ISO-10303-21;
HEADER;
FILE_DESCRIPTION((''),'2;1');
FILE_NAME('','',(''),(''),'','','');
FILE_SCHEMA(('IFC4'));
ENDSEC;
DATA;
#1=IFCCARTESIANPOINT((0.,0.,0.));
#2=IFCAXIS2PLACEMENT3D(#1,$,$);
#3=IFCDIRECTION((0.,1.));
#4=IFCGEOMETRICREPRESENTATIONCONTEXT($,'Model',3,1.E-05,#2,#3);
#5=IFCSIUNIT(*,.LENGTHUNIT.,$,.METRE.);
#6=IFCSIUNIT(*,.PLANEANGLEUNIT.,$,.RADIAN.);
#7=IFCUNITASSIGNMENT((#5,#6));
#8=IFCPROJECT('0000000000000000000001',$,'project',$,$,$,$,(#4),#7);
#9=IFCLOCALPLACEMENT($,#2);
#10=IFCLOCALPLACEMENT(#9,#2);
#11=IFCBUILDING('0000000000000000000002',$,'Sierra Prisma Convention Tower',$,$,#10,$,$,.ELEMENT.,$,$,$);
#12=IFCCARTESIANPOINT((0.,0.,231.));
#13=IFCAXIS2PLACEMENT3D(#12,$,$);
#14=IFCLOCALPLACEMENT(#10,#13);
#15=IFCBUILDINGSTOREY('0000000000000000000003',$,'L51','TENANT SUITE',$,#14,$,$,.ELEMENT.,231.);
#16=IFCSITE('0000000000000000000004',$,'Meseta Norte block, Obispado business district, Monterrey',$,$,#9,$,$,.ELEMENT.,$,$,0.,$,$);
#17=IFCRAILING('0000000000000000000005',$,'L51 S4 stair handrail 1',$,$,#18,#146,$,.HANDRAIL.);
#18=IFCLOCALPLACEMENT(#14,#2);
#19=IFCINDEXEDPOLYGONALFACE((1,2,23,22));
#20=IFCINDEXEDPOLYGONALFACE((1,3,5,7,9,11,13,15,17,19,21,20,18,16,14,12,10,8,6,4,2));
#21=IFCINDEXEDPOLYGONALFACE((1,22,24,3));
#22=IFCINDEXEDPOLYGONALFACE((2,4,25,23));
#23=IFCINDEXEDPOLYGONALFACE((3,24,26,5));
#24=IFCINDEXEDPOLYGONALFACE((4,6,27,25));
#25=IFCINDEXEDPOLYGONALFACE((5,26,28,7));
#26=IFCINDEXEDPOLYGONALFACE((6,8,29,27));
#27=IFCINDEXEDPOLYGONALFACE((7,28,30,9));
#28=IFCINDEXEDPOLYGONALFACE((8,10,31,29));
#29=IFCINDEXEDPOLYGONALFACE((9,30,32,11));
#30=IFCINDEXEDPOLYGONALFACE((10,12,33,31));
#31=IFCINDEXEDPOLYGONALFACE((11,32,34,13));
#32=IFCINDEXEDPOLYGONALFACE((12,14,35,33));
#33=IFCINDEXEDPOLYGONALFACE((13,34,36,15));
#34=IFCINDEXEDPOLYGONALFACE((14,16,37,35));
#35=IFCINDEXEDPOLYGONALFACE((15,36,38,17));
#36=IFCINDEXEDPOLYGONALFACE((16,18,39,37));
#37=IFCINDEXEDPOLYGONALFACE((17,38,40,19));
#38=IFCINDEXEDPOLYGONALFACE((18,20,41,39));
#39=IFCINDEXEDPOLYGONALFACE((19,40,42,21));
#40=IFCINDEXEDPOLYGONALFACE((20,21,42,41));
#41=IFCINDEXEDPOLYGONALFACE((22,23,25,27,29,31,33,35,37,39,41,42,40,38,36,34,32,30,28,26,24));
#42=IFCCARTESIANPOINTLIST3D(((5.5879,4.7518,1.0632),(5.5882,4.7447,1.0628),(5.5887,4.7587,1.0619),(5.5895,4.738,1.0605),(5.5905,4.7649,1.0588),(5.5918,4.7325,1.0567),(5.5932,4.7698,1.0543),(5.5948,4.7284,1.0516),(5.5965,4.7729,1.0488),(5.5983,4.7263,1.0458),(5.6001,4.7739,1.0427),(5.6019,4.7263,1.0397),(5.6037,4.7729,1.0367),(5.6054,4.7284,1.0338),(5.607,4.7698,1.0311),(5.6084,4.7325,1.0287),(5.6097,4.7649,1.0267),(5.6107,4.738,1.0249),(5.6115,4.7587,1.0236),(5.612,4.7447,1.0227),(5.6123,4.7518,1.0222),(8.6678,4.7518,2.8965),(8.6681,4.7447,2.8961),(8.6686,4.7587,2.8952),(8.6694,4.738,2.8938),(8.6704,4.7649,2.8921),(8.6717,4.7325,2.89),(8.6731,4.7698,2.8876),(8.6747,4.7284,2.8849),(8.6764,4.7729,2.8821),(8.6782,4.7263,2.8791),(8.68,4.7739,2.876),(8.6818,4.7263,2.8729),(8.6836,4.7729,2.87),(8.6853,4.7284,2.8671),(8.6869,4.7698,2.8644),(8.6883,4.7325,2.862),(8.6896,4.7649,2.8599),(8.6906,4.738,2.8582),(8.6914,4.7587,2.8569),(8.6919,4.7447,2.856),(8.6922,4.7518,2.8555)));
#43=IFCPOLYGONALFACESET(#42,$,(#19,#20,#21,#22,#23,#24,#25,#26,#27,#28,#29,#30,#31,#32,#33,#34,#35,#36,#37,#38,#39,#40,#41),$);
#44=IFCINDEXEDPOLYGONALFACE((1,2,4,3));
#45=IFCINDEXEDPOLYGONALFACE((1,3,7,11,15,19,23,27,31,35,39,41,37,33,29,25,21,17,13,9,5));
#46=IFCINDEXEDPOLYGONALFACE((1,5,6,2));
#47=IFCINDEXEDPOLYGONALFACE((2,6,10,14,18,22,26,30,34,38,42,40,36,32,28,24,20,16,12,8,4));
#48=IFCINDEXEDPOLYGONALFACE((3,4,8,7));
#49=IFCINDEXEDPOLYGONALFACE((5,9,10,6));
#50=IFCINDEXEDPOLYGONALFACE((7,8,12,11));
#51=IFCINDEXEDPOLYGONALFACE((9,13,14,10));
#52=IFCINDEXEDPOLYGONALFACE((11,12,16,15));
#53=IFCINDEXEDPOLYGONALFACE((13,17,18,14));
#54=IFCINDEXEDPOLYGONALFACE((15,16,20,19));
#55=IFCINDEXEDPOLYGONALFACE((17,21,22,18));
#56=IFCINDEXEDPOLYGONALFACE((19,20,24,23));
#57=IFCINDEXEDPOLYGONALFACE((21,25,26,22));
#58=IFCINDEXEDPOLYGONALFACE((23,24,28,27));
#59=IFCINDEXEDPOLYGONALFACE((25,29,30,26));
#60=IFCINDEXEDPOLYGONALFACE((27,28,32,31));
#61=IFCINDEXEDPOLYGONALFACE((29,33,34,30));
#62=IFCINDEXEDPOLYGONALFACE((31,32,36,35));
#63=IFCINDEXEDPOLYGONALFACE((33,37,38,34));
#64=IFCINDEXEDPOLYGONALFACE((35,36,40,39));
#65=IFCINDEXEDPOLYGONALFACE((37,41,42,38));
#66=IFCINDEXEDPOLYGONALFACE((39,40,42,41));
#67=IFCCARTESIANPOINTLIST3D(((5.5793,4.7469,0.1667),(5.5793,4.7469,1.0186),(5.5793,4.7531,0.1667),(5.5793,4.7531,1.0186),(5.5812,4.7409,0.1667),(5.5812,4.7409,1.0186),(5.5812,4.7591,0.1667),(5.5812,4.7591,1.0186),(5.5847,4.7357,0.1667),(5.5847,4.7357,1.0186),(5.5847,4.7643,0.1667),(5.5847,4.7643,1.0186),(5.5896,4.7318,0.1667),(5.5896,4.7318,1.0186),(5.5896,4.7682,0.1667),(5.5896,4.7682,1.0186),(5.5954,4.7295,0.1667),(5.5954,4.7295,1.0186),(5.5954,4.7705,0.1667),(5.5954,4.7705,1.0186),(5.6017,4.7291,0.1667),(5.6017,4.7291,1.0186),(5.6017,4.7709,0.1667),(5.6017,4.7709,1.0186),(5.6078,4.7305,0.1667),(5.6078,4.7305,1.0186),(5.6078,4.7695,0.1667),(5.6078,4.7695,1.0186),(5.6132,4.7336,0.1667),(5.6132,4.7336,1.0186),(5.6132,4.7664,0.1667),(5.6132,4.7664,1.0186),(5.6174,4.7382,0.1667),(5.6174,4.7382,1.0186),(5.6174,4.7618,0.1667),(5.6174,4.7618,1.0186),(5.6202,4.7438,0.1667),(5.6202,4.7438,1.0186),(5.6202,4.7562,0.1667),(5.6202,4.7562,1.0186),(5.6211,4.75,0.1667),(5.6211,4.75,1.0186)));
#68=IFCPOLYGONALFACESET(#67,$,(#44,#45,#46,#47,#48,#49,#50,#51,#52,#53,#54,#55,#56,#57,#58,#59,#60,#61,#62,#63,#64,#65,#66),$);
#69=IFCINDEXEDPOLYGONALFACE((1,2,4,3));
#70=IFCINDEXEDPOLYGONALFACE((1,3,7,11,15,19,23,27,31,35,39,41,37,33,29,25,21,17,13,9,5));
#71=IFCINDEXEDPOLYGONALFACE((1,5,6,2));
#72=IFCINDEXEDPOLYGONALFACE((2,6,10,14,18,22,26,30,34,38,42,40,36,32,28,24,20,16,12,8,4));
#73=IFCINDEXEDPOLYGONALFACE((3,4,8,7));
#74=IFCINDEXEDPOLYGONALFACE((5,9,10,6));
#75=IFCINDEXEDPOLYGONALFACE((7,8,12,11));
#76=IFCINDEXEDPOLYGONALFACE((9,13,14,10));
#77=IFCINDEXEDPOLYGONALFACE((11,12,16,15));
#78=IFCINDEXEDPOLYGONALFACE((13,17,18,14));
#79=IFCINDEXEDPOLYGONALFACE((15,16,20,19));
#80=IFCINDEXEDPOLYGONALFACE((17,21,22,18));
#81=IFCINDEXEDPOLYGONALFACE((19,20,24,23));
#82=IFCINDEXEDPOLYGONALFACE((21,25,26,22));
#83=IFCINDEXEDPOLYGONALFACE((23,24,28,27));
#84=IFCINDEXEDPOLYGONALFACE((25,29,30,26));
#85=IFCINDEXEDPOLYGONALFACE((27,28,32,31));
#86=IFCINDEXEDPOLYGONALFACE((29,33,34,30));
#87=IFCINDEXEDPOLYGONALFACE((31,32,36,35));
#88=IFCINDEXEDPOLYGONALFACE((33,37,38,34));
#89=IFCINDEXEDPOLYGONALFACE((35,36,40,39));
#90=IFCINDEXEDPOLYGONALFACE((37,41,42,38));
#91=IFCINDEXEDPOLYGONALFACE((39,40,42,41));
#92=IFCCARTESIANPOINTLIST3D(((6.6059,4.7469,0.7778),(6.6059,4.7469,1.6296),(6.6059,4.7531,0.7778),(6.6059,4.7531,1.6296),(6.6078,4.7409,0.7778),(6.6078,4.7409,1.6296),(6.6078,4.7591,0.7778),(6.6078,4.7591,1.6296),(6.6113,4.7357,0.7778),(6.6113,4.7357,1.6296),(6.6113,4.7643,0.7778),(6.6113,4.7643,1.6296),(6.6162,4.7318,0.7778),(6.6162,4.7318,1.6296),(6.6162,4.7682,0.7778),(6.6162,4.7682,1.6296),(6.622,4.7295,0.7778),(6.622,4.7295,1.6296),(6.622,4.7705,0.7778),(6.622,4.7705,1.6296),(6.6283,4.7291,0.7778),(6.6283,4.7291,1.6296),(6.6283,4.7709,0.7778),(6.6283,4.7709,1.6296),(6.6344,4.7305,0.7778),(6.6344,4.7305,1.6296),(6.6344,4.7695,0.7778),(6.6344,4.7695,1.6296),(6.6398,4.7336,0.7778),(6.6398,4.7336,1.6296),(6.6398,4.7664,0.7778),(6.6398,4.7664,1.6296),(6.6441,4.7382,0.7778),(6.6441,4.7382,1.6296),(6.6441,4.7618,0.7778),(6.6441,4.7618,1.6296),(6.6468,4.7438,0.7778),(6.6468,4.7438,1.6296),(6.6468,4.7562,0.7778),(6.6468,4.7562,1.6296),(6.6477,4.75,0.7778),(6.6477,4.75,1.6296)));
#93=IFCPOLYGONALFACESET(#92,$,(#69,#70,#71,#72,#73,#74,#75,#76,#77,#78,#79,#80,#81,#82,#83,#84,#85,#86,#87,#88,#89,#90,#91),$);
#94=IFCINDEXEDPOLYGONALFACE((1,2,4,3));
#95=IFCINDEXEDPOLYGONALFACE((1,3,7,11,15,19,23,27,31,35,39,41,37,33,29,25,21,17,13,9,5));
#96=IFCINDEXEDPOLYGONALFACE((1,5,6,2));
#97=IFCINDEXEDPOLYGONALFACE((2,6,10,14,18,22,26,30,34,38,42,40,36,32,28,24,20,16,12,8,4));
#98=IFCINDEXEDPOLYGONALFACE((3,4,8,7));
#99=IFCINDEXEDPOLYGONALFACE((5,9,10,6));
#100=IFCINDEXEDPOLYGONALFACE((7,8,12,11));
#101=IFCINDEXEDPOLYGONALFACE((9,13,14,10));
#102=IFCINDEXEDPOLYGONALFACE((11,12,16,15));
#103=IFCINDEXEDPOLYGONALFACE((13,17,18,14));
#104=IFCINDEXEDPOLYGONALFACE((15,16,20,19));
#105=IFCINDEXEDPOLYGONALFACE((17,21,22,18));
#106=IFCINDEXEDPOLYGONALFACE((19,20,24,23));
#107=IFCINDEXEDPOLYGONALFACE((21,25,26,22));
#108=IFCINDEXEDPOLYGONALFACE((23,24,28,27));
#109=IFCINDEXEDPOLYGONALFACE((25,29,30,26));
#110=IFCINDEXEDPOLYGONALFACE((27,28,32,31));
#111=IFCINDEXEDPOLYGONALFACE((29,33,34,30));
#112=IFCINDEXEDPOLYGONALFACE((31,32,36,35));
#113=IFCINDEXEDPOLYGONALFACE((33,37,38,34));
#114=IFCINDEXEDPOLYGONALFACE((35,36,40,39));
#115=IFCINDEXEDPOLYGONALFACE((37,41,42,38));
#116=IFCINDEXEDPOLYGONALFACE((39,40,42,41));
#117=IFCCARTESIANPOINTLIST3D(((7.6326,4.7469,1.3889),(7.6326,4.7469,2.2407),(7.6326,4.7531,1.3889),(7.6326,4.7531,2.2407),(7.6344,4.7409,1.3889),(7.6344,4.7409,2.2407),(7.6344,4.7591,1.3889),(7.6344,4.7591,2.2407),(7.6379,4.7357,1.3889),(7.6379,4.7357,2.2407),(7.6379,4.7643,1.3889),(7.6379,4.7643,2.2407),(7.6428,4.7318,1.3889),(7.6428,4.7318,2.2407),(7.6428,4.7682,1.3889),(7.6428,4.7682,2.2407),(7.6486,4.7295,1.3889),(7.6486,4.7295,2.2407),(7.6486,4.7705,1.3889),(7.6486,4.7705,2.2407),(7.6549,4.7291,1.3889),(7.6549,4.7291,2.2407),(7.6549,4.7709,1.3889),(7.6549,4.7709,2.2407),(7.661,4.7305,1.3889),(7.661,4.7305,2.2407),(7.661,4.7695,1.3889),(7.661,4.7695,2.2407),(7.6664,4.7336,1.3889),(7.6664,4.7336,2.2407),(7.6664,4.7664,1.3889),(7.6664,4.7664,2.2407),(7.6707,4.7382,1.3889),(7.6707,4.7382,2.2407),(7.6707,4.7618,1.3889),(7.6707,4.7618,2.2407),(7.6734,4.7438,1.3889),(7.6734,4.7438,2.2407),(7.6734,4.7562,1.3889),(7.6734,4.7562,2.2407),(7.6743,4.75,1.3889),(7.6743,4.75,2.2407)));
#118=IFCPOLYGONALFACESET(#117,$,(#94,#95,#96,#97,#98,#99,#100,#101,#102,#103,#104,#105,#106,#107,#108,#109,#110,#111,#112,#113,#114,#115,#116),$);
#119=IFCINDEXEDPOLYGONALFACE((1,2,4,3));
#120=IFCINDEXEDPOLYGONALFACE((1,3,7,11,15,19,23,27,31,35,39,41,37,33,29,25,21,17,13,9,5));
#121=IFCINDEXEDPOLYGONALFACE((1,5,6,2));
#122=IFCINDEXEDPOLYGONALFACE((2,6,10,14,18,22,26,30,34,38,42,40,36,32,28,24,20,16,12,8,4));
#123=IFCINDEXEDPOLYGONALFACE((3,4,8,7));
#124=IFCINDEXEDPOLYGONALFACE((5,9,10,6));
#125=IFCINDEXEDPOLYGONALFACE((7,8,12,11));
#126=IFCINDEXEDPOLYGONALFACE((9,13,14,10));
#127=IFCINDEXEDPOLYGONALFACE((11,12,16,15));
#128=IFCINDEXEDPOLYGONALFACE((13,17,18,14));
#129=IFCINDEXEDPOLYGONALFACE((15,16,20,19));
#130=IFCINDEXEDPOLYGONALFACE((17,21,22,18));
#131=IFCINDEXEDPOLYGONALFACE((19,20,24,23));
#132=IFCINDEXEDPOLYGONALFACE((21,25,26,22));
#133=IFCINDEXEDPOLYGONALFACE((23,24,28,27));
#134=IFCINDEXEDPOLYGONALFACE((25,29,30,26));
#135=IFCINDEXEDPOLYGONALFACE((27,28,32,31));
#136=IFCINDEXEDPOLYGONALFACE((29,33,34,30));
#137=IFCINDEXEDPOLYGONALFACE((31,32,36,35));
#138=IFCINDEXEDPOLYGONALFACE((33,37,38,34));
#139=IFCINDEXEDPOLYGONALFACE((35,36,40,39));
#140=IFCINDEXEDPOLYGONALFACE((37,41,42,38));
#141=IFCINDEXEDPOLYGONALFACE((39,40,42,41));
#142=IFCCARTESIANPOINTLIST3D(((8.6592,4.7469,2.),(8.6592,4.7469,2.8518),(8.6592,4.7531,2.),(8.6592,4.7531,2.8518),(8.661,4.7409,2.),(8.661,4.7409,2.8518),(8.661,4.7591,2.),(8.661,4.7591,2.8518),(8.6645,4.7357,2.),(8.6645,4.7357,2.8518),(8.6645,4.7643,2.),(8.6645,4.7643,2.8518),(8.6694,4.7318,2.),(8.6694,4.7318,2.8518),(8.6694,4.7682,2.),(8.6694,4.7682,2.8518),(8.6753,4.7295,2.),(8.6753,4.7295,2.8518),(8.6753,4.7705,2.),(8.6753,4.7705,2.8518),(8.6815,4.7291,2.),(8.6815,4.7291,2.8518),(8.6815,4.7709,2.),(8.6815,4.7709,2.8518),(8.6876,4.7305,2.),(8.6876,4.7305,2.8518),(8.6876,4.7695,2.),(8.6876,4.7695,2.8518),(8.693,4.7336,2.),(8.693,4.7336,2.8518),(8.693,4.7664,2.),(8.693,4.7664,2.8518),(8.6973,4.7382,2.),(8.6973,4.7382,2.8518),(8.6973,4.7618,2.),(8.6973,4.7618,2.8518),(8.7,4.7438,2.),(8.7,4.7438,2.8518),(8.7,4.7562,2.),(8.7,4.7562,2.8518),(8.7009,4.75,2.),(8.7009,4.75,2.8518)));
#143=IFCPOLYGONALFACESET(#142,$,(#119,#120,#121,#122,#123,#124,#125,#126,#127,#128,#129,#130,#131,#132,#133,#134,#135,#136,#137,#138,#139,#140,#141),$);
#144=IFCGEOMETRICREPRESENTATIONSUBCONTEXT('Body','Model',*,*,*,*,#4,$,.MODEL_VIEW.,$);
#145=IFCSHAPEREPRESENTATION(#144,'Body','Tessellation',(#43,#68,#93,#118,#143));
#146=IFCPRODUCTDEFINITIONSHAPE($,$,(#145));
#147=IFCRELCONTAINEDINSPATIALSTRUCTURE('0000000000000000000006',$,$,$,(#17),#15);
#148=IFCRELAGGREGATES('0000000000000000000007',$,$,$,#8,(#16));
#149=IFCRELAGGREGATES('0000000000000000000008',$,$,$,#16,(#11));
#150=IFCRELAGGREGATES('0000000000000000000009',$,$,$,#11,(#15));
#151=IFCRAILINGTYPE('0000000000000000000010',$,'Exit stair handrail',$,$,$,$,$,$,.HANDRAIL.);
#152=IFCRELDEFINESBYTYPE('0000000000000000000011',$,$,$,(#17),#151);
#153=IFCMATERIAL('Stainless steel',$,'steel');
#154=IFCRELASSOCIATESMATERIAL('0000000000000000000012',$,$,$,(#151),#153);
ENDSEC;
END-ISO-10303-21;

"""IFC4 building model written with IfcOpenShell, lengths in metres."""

from ifc_helpers import new_model, si_unit, direction, frame, origin, origin_2d, place, context, subcontext, project, spatial, circle, extrude, material, type_object, element, save


model = new_model("IFC4")

# Units and contexts
model_context = context("Model", 3, precision=1e-05, world=origin(), true_north=direction((0.0, 1.0)))
body_context = subcontext(model_context, "Body", "Model", "MODEL_VIEW")
ifc_project = project(units=[si_unit("LENGTHUNIT", "METRE"), si_unit("PLANEANGLEUNIT", "RADIAN")], contexts=[model_context])

# Site, building, storey
site_placement = place(None, origin())
site = spatial("IfcSite", under=ifc_project, at=site_placement, Name="Meseta Norte block, Obispado business district, Monterrey", CompositionType="ELEMENT", RefElevation=0.0)
building_placement = place(site_placement, origin())
building = spatial("IfcBuilding", under=site, at=building_placement, Name="Sierra Prisma Convention Tower", CompositionType="ELEMENT")
storey_placement = place(building_placement, frame((0.0, 0.0, 231.0)))
storey = spatial("IfcBuildingStorey", under=building, at=storey_placement, Name="L51", Description="TENANT SUITE", CompositionType="ELEMENT", Elevation=231.0)

# Railing
ifc_material_1 = material(Name="Stainless steel", Category="steel")
railing_type_1 = type_object("IfcRailingType", Name="Exit stair handrail", PredefinedType="HANDRAIL", material=ifc_material_1)
railing_1_placement = place(storey_placement, frame((5.6001, 4.75, 0.1667)))
element("IfcRailing", 1, at=railing_1_placement, inside=storey, type_object=railing_type_1, Name="L51 S4 stair handrail 1", PredefinedType="HANDRAIL", context=body_context, shape_type="SweptSolid", body=[
    extrude(circle(Radius=0.0239, at=origin_2d()), frame((0.0, 0.0, 0.876), z_axis=(0.859291, 0.0, 0.511487), x_axis=(0.0, 1.0, 0.0)), (0.0, 0.0, 1.0), 3.5842),
    extrude(circle(Radius=0.021, at=origin_2d()), origin(), (0.0, 0.0, 1.0), 0.8518),
    extrude(circle(Radius=0.021, at=origin_2d()), frame((1.0266, 0.0, 0.6111)), (0.0, 0.0, 1.0), 0.8518),
    extrude(circle(Radius=0.021, at=origin_2d()), frame((2.0532, 0.0, 1.2222)), (0.0, 0.0, 1.0), 0.8518),
    extrude(circle(Radius=0.021, at=origin_2d()), frame((3.0798, 0.0, 1.8333)), (0.0, 0.0, 1.0), 0.8518),
])

save(model, "model.ifc")
